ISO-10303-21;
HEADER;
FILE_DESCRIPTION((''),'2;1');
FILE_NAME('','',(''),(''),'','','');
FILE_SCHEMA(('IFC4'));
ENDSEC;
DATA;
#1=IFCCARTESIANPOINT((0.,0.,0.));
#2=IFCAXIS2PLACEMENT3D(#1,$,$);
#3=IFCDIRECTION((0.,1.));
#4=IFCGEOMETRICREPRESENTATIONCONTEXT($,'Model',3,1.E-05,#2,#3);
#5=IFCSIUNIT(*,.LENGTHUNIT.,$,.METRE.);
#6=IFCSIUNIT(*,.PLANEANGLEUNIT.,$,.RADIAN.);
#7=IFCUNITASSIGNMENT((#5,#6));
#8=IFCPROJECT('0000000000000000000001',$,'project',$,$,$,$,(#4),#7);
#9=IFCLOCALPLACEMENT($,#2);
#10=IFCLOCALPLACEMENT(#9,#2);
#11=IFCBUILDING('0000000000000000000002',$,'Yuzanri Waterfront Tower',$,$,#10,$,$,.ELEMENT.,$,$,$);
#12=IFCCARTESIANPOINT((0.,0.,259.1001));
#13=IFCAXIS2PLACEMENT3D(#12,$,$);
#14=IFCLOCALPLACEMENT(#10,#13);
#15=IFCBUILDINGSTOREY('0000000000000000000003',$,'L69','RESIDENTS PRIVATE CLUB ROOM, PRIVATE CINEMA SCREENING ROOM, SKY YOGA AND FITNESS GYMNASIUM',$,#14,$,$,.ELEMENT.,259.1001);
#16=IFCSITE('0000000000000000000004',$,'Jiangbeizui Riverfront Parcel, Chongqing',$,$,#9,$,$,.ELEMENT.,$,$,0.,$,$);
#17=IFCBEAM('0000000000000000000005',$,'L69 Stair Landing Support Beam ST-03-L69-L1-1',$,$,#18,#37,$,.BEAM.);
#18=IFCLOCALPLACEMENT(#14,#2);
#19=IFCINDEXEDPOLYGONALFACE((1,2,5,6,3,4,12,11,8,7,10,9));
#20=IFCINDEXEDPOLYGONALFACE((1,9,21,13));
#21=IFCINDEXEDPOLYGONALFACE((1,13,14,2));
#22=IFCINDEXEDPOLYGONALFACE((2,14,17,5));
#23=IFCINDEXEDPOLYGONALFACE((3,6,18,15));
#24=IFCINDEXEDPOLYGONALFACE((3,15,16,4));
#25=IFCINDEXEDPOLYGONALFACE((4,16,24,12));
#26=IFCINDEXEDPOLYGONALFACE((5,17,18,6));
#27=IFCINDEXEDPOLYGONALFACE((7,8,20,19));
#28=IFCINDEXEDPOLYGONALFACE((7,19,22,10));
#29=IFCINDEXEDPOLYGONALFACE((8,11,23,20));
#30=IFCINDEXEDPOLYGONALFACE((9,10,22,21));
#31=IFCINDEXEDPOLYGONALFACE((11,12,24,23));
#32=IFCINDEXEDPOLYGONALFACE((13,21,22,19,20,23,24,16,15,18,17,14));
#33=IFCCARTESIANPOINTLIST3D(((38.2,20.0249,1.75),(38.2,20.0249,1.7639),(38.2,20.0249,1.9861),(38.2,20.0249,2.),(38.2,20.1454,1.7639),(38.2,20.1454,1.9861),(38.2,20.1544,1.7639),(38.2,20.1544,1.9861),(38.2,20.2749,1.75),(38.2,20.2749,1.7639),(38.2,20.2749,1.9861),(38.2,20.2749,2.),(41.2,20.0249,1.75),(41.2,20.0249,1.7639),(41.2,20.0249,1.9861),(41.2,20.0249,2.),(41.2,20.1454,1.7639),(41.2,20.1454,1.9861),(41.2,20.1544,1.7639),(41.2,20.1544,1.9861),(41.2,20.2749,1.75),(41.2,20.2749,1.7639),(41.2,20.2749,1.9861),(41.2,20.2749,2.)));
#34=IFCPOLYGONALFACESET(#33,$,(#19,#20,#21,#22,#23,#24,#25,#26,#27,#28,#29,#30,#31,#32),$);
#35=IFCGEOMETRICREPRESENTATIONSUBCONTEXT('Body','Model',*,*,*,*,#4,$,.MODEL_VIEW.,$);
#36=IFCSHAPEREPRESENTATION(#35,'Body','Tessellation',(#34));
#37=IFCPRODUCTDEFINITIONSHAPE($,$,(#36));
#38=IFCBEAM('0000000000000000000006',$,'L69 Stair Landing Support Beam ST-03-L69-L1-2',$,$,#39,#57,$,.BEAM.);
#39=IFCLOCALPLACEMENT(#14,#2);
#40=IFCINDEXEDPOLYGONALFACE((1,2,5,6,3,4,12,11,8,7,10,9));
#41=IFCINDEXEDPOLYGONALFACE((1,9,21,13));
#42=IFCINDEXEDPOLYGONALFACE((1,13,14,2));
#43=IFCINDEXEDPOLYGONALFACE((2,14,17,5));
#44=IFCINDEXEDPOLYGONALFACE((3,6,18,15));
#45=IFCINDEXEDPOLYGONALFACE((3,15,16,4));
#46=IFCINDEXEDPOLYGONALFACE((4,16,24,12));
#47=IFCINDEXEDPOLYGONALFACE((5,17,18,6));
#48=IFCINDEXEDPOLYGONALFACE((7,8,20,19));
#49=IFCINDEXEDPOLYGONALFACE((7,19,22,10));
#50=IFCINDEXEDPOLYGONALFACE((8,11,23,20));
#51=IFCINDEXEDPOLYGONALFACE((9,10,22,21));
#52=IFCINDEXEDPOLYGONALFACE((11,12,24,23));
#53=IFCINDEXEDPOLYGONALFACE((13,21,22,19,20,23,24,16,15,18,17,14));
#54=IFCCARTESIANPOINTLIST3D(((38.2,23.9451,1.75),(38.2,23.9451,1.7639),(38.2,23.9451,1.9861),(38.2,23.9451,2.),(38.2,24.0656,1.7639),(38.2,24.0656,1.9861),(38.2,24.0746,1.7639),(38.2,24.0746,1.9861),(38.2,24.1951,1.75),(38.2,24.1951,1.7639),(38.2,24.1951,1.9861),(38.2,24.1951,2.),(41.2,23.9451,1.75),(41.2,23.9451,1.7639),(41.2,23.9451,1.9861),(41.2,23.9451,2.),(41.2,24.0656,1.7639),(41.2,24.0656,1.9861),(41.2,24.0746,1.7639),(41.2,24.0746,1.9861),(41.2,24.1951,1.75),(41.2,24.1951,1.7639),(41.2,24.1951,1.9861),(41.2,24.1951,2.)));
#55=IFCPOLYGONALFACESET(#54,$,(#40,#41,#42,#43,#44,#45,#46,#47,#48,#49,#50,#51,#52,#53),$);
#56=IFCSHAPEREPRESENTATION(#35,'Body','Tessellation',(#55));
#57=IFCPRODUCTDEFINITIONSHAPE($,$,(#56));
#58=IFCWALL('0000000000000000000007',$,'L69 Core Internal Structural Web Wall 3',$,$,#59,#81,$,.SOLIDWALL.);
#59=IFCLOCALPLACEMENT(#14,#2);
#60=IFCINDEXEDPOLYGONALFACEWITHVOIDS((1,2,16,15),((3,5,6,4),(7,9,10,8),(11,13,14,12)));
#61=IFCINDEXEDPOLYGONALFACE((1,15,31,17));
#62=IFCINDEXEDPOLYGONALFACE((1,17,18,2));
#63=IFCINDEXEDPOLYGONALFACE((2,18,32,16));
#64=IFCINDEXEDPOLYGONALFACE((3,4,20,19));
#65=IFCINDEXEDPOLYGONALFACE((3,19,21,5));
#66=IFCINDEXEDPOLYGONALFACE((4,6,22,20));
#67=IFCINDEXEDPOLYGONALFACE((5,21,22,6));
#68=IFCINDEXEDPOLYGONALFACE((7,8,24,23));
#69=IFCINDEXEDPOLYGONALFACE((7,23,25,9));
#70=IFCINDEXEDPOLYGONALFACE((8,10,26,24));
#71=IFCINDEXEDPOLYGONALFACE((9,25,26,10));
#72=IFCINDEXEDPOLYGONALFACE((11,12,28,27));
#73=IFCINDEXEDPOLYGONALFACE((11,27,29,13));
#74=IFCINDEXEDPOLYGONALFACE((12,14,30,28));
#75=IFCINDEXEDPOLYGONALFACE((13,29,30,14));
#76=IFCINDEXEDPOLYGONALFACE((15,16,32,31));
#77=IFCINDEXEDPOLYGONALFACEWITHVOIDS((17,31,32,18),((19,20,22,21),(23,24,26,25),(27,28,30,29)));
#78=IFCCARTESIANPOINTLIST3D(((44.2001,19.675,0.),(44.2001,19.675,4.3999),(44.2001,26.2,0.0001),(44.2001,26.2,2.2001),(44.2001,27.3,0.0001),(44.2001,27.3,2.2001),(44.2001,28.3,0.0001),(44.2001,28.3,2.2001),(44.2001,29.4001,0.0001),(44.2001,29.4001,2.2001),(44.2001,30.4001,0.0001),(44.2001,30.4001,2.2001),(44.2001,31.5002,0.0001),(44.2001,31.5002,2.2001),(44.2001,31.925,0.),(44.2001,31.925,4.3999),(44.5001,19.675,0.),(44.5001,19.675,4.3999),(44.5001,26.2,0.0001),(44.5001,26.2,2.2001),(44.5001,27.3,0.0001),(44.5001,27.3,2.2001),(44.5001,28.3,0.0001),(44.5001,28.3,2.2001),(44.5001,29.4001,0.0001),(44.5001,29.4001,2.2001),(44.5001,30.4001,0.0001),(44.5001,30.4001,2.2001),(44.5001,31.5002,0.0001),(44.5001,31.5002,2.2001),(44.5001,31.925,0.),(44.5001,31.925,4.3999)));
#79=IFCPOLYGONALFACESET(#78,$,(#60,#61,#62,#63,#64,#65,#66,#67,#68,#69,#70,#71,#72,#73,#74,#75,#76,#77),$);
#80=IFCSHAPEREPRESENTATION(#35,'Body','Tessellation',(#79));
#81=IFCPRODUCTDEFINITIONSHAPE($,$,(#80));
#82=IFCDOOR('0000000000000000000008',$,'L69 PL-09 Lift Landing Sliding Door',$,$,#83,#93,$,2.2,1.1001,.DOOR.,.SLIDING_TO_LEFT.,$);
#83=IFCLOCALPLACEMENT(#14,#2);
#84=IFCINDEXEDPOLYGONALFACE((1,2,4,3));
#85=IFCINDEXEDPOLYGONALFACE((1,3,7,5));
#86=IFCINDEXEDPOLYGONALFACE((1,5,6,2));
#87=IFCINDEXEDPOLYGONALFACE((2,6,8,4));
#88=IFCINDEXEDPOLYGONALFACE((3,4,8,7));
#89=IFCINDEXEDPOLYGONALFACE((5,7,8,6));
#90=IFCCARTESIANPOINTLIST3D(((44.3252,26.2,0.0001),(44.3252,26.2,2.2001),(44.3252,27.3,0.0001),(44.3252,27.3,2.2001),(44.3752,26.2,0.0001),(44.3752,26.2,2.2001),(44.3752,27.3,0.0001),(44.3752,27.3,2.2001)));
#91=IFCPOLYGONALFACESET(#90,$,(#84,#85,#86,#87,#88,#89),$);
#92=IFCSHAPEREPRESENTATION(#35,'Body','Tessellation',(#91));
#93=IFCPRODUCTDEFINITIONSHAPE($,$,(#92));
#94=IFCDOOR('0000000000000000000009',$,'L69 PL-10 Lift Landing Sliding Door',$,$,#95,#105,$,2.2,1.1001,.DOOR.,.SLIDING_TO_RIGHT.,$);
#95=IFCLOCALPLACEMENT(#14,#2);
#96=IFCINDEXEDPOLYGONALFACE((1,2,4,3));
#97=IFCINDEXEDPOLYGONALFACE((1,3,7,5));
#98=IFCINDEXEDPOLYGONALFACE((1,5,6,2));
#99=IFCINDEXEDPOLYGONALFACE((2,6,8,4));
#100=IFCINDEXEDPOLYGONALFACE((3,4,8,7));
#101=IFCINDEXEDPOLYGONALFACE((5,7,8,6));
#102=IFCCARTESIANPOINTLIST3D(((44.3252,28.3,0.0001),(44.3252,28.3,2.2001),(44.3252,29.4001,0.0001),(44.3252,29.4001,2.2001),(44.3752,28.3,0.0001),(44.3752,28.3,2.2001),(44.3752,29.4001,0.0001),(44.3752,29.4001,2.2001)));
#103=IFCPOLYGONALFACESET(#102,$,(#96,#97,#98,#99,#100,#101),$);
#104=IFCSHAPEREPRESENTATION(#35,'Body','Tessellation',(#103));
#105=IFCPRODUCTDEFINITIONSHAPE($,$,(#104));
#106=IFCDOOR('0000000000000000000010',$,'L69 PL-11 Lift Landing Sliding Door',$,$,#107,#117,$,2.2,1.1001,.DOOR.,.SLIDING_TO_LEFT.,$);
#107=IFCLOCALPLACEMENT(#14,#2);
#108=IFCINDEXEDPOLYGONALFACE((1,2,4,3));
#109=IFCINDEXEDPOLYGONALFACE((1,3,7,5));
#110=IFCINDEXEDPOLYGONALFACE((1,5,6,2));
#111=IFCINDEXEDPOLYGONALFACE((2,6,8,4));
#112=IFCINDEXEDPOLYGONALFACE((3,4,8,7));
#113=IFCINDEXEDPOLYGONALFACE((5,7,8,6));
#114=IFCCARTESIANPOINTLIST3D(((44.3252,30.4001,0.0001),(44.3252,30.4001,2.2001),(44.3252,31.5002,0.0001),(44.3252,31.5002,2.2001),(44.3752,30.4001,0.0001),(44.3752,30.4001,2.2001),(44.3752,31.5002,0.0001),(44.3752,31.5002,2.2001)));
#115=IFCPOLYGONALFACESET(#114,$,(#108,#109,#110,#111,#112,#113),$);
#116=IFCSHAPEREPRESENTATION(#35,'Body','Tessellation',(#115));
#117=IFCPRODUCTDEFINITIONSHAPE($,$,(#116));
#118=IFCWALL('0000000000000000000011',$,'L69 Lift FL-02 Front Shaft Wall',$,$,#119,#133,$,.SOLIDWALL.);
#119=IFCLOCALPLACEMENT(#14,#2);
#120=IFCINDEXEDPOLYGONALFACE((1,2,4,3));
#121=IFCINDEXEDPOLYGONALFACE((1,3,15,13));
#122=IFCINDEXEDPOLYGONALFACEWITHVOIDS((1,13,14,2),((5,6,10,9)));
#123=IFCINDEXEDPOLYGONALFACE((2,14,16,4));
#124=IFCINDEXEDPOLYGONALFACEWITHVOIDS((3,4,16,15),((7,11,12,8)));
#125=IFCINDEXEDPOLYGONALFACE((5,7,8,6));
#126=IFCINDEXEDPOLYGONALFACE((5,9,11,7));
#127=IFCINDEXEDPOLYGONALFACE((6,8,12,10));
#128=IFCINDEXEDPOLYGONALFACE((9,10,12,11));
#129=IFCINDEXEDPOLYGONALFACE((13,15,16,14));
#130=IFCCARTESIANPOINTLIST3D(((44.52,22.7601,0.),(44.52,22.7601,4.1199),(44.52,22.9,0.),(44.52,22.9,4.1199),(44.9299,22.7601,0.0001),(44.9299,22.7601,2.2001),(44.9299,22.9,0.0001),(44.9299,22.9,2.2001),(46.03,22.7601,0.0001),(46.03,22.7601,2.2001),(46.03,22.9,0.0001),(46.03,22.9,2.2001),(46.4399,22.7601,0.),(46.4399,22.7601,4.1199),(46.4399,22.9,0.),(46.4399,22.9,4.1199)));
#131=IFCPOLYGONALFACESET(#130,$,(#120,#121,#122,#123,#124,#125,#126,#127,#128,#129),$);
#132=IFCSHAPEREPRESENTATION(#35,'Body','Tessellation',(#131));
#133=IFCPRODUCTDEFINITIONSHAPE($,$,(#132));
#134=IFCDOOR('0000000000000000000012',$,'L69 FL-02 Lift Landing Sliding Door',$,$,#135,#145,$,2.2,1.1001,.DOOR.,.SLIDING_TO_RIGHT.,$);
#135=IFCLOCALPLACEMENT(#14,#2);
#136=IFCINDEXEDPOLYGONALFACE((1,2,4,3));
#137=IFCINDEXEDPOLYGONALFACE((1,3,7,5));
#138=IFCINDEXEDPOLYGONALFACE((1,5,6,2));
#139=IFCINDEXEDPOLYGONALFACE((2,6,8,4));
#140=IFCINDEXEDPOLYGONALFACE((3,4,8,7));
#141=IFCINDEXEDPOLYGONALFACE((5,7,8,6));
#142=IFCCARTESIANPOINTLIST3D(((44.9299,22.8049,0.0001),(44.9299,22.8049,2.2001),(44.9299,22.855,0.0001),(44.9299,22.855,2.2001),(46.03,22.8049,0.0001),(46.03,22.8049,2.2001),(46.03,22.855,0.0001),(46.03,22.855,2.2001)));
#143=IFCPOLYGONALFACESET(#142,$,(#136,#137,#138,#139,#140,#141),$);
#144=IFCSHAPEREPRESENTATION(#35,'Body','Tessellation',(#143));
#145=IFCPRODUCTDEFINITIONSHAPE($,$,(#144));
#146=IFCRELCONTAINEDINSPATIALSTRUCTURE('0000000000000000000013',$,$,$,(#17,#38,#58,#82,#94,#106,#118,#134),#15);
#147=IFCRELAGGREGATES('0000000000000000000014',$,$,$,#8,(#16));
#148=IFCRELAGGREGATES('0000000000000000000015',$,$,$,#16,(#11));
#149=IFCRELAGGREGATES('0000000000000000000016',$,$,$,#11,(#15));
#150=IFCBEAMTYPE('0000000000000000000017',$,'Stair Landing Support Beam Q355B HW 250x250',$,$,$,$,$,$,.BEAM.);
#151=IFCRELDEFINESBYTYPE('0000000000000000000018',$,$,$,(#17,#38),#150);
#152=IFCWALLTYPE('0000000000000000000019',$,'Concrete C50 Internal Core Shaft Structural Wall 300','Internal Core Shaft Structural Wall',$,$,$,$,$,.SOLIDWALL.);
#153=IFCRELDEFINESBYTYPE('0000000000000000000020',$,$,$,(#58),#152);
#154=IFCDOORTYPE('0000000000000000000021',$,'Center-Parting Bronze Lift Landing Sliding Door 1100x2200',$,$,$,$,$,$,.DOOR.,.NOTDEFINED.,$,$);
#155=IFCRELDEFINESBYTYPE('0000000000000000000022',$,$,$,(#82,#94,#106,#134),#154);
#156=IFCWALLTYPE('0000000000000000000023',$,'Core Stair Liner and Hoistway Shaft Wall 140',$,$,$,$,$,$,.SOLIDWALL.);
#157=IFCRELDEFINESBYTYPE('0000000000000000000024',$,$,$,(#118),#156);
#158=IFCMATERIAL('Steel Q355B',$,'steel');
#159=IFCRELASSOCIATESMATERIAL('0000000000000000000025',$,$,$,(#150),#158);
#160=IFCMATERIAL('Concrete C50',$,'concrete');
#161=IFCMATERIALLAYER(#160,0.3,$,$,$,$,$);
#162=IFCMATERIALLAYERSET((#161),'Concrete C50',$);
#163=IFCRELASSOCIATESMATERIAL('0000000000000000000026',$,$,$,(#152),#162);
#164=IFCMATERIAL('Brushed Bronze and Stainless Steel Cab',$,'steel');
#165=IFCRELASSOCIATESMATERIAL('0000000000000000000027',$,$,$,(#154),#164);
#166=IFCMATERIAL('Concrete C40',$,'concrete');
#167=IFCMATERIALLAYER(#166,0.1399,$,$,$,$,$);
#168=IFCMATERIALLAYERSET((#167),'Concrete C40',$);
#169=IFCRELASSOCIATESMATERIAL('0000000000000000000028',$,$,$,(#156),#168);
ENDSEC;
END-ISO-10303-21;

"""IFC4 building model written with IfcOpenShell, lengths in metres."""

from ifc_helpers import new_model, si_unit, direction, frame, frame_2d, origin, origin_2d, place, context, subcontext, project, spatial, rectangle, i_section, extrude, source, transform, mapped, material, layer, layer_set, material_profile, profile_set, type_object, element, fill, save


model = new_model("IFC4")

# Units and contexts
model_context = context("Model", 3, precision=1e-05, world=origin(), true_north=direction((0.0, 1.0)))
body_context = subcontext(model_context, "Body", "Model", "MODEL_VIEW")
ifc_project = project(units=[si_unit("LENGTHUNIT", "METRE"), si_unit("PLANEANGLEUNIT", "RADIAN")], contexts=[model_context])

# Site, building, storey
site_placement = place(None, origin())
site = spatial("IfcSite", under=ifc_project, at=site_placement, Name="Jiangbeizui Riverfront Parcel, Chongqing", CompositionType="ELEMENT", RefElevation=0.0)
building_placement = place(site_placement, origin())
building = spatial("IfcBuilding", under=site, at=building_placement, Name="Yuzanri Waterfront Tower", CompositionType="ELEMENT")
storey_placement = place(building_placement, frame((0.0, 0.0, 259.1001)))
storey = spatial("IfcBuildingStorey", under=building, at=storey_placement, Name="L69", Description="RESIDENTS PRIVATE CLUB ROOM, PRIVATE CINEMA SCREENING ROOM, SKY YOGA AND FITNESS GYMNASIUM", CompositionType="ELEMENT", Elevation=259.1001)

# Beams
ifc_material_1 = material(Name="Steel Q355B", Category="steel")
ifc_material_profile = material_profile(ifc_material_1, i_section(OverallWidth=0.25, OverallDepth=0.25, WebThickness=0.009, FlangeThickness=0.0139, at=origin_2d()), Name="HW 250x250x9x14")
ifc_profile_set = profile_set([ifc_material_profile], Name="Steel Q355B")
beam_type = type_object("IfcBeamType", Name="Stair Landing Support Beam Q355B HW 250x250", PredefinedType="BEAM", material=ifc_profile_set)
shared_shape_1 = source(origin(), body_context, "Body", "SweptSolid", [
    extrude(i_section(OverallWidth=0.25, OverallDepth=0.25, WebThickness=0.009, FlangeThickness=0.0139, at=origin_2d()), origin(), (0.0, 0.0, 1.0), 3.0),
])
for number, where, z_axis, x_axis, name in (
    (1, (38.2, 20.1499, 1.875), (1.0, 0.0, 0.0), (0.0, 1.0, 0.0), "L69 Stair Landing Support Beam ST-03-L69-L1-1"),
    (2, (38.2, 24.0701, 1.875), (1.0, 0.0, 0.0), (0.0, 1.0, 0.0), "L69 Stair Landing Support Beam ST-03-L69-L1-2"),
):
    element("IfcBeam", number, at=place(storey_placement, frame(where, z_axis=z_axis, x_axis=x_axis)), inside=storey, type_object=beam_type, Name=name, PredefinedType="BEAM", context=body_context, shape_type="MappedRepresentation", body=[
        mapped(shared_shape_1, transform((0.0, 0.0, 0.0), scale=1.0)),
    ])

# Wall, openings, doors
ifc_material_2 = material(Name="Concrete C50", Category="concrete")
ifc_layer_1 = layer(ifc_material_2, 0.3)
ifc_layer_set_1 = layer_set([ifc_layer_1], Name="Concrete C50")
wall_type_1 = type_object("IfcWallType", Name="Concrete C50 Internal Core Shaft Structural Wall 300", Description="Internal Core Shaft Structural Wall", PredefinedType="SOLIDWALL", material=ifc_layer_set_1)
wall_1_placement = place(storey_placement, frame((44.3501, 19.675, 0.0), z_axis=(0.0, 0.0, 1.0), x_axis=(0.0, 1.0, 0.0)))
wall_1 = element("IfcWall", 3, at=wall_1_placement, inside=storey, type_object=wall_type_1, Name="L69 Core Internal Structural Web Wall 3", PredefinedType="SOLIDWALL", context=body_context, shape_type="SweptSolid", body=[
    extrude(rectangle(XDim=12.25, YDim=0.3, at=frame_2d((6.125, 0.0))), origin(), (0.0, 0.0, 1.0), 4.3999),
])
opening_1_placement = place(wall_1_placement, frame((6.5249, 0.0, 0.0)))
opening_1 = element("IfcOpeningElement", 4, at=opening_1_placement, cuts=wall_1, PredefinedType="OPENING", context=body_context, shape_type="SweptSolid", body=[
    extrude(rectangle(XDim=1.1001, YDim=2.2, at=frame_2d((0.55, 1.1001))), frame((0.0, 0.165, 0.0), z_axis=(0.0, -1.0, 0.0), x_axis=(1.0, 0.0, 0.0)), (0.0, 0.0, 1.0), 0.3298),
])
opening_2_placement = place(wall_1_placement, frame((8.625, 0.0, 0.0)))
opening_2 = element("IfcOpeningElement", 5, at=opening_2_placement, cuts=wall_1, PredefinedType="OPENING", context=body_context, shape_type="SweptSolid", body=[
    extrude(rectangle(XDim=1.1001, YDim=2.2, at=frame_2d((0.55, 1.1001))), frame((0.0, 0.165, 0.0), z_axis=(0.0, -1.0, 0.0), x_axis=(1.0, 0.0, 0.0)), (0.0, 0.0, 1.0), 0.3298),
])
opening_3_placement = place(wall_1_placement, frame((10.7251, 0.0, 0.0)))
opening_3 = element("IfcOpeningElement", 6, at=opening_3_placement, cuts=wall_1, PredefinedType="OPENING", context=body_context, shape_type="SweptSolid", body=[
    extrude(rectangle(XDim=1.1001, YDim=2.2, at=frame_2d((0.55, 1.1001))), frame((0.0, 0.165, 0.0), z_axis=(0.0, -1.0, 0.0), x_axis=(1.0, 0.0, 0.0)), (0.0, 0.0, 1.0), 0.3298),
])
ifc_material_3 = material(Name="Brushed Bronze and Stainless Steel Cab", Category="steel")
door_type_1 = type_object("IfcDoorType", Name="Center-Parting Bronze Lift Landing Sliding Door 1100x2200", OperationType="NOTDEFINED", PredefinedType="DOOR", material=ifc_material_3)
shared_shape_2 = source(origin(), body_context, "Body", "SweptSolid", [
    extrude(rectangle(XDim=1.1001, YDim=2.2, at=frame_2d((0.55, 1.1001))), frame((0.0, 0.0249, 0.0), z_axis=(0.0, -1.0, 0.0), x_axis=(1.0, 0.0, 0.0)), (0.0, 0.0, 1.0), 0.05),
])
door_1_placement = place(opening_1_placement, origin())
door_1 = element("IfcDoor", 7, at=door_1_placement, inside=storey, type_object=door_type_1, Name="L69 PL-09 Lift Landing Sliding Door", OperationType="SLIDING_TO_LEFT", OverallHeight=2.2, OverallWidth=1.1001, PredefinedType="DOOR", context=body_context, shape_type="MappedRepresentation", body=[
    mapped(shared_shape_2, transform((0.0, 0.0, 0.0), scale=1.0)),
])
fill(opening_1, door_1)
door_2_placement = place(opening_2_placement, origin())
door_2 = element("IfcDoor", 8, at=door_2_placement, inside=storey, type_object=door_type_1, Name="L69 PL-10 Lift Landing Sliding Door", OperationType="SLIDING_TO_RIGHT", OverallHeight=2.2, OverallWidth=1.1001, PredefinedType="DOOR", context=body_context, shape_type="MappedRepresentation", body=[
    mapped(shared_shape_2, transform((0.0, 0.0, 0.0), scale=1.0)),
])
fill(opening_2, door_2)
door_3_placement = place(opening_3_placement, origin())
door_3 = element("IfcDoor", 9, at=door_3_placement, inside=storey, type_object=door_type_1, Name="L69 PL-11 Lift Landing Sliding Door", OperationType="SLIDING_TO_LEFT", OverallHeight=2.2, OverallWidth=1.1001, PredefinedType="DOOR", context=body_context, shape_type="MappedRepresentation", body=[
    mapped(shared_shape_2, transform((0.0, 0.0, 0.0), scale=1.0)),
])
fill(opening_3, door_3)

# Wall, opening, door
ifc_material_4 = material(Name="Concrete C40", Category="concrete")
ifc_layer_2 = layer(ifc_material_4, 0.1399)
ifc_layer_set_2 = layer_set([ifc_layer_2], Name="Concrete C40")
wall_type_2 = type_object("IfcWallType", Name="Core Stair Liner and Hoistway Shaft Wall 140", PredefinedType="SOLIDWALL", material=ifc_layer_set_2)
wall_2_placement = place(storey_placement, frame((44.52, 22.8301, 0.0), z_axis=(0.0, 0.0, 1.0), x_axis=(1.0, 0.0, 0.0)))
wall_2 = element("IfcWall", 10, at=wall_2_placement, inside=storey, type_object=wall_type_2, Name="L69 Lift FL-02 Front Shaft Wall", PredefinedType="SOLIDWALL", context=body_context, shape_type="SweptSolid", body=[
    extrude(rectangle(XDim=1.9199, YDim=0.1399, at=frame_2d((0.96, 0.0))), origin(), (0.0, 0.0, 1.0), 4.1199),
])
opening_4_placement = place(wall_2_placement, frame((0.4099, 0.0, 0.0)))
opening_4 = element("IfcOpeningElement", 11, at=opening_4_placement, cuts=wall_2, PredefinedType="OPENING", context=body_context, shape_type="SweptSolid", body=[
    extrude(rectangle(XDim=1.1001, YDim=2.2, at=frame_2d((0.55, 1.1001))), frame((0.0, 0.085, 0.0), z_axis=(0.0, -1.0, 0.0), x_axis=(1.0, 0.0, 0.0)), (0.0, 0.0, 1.0), 0.1697),
])
door_4_placement = place(opening_4_placement, origin())
door_4 = element("IfcDoor", 12, at=door_4_placement, inside=storey, type_object=door_type_1, Name="L69 FL-02 Lift Landing Sliding Door", OperationType="SLIDING_TO_RIGHT", OverallHeight=2.2, OverallWidth=1.1001, PredefinedType="DOOR", context=body_context, shape_type="MappedRepresentation", body=[
    mapped(shared_shape_2, transform((0.0, 0.0, 0.0), scale=1.0)),
])
fill(opening_4, door_4)

save(model, "model.ifc")
